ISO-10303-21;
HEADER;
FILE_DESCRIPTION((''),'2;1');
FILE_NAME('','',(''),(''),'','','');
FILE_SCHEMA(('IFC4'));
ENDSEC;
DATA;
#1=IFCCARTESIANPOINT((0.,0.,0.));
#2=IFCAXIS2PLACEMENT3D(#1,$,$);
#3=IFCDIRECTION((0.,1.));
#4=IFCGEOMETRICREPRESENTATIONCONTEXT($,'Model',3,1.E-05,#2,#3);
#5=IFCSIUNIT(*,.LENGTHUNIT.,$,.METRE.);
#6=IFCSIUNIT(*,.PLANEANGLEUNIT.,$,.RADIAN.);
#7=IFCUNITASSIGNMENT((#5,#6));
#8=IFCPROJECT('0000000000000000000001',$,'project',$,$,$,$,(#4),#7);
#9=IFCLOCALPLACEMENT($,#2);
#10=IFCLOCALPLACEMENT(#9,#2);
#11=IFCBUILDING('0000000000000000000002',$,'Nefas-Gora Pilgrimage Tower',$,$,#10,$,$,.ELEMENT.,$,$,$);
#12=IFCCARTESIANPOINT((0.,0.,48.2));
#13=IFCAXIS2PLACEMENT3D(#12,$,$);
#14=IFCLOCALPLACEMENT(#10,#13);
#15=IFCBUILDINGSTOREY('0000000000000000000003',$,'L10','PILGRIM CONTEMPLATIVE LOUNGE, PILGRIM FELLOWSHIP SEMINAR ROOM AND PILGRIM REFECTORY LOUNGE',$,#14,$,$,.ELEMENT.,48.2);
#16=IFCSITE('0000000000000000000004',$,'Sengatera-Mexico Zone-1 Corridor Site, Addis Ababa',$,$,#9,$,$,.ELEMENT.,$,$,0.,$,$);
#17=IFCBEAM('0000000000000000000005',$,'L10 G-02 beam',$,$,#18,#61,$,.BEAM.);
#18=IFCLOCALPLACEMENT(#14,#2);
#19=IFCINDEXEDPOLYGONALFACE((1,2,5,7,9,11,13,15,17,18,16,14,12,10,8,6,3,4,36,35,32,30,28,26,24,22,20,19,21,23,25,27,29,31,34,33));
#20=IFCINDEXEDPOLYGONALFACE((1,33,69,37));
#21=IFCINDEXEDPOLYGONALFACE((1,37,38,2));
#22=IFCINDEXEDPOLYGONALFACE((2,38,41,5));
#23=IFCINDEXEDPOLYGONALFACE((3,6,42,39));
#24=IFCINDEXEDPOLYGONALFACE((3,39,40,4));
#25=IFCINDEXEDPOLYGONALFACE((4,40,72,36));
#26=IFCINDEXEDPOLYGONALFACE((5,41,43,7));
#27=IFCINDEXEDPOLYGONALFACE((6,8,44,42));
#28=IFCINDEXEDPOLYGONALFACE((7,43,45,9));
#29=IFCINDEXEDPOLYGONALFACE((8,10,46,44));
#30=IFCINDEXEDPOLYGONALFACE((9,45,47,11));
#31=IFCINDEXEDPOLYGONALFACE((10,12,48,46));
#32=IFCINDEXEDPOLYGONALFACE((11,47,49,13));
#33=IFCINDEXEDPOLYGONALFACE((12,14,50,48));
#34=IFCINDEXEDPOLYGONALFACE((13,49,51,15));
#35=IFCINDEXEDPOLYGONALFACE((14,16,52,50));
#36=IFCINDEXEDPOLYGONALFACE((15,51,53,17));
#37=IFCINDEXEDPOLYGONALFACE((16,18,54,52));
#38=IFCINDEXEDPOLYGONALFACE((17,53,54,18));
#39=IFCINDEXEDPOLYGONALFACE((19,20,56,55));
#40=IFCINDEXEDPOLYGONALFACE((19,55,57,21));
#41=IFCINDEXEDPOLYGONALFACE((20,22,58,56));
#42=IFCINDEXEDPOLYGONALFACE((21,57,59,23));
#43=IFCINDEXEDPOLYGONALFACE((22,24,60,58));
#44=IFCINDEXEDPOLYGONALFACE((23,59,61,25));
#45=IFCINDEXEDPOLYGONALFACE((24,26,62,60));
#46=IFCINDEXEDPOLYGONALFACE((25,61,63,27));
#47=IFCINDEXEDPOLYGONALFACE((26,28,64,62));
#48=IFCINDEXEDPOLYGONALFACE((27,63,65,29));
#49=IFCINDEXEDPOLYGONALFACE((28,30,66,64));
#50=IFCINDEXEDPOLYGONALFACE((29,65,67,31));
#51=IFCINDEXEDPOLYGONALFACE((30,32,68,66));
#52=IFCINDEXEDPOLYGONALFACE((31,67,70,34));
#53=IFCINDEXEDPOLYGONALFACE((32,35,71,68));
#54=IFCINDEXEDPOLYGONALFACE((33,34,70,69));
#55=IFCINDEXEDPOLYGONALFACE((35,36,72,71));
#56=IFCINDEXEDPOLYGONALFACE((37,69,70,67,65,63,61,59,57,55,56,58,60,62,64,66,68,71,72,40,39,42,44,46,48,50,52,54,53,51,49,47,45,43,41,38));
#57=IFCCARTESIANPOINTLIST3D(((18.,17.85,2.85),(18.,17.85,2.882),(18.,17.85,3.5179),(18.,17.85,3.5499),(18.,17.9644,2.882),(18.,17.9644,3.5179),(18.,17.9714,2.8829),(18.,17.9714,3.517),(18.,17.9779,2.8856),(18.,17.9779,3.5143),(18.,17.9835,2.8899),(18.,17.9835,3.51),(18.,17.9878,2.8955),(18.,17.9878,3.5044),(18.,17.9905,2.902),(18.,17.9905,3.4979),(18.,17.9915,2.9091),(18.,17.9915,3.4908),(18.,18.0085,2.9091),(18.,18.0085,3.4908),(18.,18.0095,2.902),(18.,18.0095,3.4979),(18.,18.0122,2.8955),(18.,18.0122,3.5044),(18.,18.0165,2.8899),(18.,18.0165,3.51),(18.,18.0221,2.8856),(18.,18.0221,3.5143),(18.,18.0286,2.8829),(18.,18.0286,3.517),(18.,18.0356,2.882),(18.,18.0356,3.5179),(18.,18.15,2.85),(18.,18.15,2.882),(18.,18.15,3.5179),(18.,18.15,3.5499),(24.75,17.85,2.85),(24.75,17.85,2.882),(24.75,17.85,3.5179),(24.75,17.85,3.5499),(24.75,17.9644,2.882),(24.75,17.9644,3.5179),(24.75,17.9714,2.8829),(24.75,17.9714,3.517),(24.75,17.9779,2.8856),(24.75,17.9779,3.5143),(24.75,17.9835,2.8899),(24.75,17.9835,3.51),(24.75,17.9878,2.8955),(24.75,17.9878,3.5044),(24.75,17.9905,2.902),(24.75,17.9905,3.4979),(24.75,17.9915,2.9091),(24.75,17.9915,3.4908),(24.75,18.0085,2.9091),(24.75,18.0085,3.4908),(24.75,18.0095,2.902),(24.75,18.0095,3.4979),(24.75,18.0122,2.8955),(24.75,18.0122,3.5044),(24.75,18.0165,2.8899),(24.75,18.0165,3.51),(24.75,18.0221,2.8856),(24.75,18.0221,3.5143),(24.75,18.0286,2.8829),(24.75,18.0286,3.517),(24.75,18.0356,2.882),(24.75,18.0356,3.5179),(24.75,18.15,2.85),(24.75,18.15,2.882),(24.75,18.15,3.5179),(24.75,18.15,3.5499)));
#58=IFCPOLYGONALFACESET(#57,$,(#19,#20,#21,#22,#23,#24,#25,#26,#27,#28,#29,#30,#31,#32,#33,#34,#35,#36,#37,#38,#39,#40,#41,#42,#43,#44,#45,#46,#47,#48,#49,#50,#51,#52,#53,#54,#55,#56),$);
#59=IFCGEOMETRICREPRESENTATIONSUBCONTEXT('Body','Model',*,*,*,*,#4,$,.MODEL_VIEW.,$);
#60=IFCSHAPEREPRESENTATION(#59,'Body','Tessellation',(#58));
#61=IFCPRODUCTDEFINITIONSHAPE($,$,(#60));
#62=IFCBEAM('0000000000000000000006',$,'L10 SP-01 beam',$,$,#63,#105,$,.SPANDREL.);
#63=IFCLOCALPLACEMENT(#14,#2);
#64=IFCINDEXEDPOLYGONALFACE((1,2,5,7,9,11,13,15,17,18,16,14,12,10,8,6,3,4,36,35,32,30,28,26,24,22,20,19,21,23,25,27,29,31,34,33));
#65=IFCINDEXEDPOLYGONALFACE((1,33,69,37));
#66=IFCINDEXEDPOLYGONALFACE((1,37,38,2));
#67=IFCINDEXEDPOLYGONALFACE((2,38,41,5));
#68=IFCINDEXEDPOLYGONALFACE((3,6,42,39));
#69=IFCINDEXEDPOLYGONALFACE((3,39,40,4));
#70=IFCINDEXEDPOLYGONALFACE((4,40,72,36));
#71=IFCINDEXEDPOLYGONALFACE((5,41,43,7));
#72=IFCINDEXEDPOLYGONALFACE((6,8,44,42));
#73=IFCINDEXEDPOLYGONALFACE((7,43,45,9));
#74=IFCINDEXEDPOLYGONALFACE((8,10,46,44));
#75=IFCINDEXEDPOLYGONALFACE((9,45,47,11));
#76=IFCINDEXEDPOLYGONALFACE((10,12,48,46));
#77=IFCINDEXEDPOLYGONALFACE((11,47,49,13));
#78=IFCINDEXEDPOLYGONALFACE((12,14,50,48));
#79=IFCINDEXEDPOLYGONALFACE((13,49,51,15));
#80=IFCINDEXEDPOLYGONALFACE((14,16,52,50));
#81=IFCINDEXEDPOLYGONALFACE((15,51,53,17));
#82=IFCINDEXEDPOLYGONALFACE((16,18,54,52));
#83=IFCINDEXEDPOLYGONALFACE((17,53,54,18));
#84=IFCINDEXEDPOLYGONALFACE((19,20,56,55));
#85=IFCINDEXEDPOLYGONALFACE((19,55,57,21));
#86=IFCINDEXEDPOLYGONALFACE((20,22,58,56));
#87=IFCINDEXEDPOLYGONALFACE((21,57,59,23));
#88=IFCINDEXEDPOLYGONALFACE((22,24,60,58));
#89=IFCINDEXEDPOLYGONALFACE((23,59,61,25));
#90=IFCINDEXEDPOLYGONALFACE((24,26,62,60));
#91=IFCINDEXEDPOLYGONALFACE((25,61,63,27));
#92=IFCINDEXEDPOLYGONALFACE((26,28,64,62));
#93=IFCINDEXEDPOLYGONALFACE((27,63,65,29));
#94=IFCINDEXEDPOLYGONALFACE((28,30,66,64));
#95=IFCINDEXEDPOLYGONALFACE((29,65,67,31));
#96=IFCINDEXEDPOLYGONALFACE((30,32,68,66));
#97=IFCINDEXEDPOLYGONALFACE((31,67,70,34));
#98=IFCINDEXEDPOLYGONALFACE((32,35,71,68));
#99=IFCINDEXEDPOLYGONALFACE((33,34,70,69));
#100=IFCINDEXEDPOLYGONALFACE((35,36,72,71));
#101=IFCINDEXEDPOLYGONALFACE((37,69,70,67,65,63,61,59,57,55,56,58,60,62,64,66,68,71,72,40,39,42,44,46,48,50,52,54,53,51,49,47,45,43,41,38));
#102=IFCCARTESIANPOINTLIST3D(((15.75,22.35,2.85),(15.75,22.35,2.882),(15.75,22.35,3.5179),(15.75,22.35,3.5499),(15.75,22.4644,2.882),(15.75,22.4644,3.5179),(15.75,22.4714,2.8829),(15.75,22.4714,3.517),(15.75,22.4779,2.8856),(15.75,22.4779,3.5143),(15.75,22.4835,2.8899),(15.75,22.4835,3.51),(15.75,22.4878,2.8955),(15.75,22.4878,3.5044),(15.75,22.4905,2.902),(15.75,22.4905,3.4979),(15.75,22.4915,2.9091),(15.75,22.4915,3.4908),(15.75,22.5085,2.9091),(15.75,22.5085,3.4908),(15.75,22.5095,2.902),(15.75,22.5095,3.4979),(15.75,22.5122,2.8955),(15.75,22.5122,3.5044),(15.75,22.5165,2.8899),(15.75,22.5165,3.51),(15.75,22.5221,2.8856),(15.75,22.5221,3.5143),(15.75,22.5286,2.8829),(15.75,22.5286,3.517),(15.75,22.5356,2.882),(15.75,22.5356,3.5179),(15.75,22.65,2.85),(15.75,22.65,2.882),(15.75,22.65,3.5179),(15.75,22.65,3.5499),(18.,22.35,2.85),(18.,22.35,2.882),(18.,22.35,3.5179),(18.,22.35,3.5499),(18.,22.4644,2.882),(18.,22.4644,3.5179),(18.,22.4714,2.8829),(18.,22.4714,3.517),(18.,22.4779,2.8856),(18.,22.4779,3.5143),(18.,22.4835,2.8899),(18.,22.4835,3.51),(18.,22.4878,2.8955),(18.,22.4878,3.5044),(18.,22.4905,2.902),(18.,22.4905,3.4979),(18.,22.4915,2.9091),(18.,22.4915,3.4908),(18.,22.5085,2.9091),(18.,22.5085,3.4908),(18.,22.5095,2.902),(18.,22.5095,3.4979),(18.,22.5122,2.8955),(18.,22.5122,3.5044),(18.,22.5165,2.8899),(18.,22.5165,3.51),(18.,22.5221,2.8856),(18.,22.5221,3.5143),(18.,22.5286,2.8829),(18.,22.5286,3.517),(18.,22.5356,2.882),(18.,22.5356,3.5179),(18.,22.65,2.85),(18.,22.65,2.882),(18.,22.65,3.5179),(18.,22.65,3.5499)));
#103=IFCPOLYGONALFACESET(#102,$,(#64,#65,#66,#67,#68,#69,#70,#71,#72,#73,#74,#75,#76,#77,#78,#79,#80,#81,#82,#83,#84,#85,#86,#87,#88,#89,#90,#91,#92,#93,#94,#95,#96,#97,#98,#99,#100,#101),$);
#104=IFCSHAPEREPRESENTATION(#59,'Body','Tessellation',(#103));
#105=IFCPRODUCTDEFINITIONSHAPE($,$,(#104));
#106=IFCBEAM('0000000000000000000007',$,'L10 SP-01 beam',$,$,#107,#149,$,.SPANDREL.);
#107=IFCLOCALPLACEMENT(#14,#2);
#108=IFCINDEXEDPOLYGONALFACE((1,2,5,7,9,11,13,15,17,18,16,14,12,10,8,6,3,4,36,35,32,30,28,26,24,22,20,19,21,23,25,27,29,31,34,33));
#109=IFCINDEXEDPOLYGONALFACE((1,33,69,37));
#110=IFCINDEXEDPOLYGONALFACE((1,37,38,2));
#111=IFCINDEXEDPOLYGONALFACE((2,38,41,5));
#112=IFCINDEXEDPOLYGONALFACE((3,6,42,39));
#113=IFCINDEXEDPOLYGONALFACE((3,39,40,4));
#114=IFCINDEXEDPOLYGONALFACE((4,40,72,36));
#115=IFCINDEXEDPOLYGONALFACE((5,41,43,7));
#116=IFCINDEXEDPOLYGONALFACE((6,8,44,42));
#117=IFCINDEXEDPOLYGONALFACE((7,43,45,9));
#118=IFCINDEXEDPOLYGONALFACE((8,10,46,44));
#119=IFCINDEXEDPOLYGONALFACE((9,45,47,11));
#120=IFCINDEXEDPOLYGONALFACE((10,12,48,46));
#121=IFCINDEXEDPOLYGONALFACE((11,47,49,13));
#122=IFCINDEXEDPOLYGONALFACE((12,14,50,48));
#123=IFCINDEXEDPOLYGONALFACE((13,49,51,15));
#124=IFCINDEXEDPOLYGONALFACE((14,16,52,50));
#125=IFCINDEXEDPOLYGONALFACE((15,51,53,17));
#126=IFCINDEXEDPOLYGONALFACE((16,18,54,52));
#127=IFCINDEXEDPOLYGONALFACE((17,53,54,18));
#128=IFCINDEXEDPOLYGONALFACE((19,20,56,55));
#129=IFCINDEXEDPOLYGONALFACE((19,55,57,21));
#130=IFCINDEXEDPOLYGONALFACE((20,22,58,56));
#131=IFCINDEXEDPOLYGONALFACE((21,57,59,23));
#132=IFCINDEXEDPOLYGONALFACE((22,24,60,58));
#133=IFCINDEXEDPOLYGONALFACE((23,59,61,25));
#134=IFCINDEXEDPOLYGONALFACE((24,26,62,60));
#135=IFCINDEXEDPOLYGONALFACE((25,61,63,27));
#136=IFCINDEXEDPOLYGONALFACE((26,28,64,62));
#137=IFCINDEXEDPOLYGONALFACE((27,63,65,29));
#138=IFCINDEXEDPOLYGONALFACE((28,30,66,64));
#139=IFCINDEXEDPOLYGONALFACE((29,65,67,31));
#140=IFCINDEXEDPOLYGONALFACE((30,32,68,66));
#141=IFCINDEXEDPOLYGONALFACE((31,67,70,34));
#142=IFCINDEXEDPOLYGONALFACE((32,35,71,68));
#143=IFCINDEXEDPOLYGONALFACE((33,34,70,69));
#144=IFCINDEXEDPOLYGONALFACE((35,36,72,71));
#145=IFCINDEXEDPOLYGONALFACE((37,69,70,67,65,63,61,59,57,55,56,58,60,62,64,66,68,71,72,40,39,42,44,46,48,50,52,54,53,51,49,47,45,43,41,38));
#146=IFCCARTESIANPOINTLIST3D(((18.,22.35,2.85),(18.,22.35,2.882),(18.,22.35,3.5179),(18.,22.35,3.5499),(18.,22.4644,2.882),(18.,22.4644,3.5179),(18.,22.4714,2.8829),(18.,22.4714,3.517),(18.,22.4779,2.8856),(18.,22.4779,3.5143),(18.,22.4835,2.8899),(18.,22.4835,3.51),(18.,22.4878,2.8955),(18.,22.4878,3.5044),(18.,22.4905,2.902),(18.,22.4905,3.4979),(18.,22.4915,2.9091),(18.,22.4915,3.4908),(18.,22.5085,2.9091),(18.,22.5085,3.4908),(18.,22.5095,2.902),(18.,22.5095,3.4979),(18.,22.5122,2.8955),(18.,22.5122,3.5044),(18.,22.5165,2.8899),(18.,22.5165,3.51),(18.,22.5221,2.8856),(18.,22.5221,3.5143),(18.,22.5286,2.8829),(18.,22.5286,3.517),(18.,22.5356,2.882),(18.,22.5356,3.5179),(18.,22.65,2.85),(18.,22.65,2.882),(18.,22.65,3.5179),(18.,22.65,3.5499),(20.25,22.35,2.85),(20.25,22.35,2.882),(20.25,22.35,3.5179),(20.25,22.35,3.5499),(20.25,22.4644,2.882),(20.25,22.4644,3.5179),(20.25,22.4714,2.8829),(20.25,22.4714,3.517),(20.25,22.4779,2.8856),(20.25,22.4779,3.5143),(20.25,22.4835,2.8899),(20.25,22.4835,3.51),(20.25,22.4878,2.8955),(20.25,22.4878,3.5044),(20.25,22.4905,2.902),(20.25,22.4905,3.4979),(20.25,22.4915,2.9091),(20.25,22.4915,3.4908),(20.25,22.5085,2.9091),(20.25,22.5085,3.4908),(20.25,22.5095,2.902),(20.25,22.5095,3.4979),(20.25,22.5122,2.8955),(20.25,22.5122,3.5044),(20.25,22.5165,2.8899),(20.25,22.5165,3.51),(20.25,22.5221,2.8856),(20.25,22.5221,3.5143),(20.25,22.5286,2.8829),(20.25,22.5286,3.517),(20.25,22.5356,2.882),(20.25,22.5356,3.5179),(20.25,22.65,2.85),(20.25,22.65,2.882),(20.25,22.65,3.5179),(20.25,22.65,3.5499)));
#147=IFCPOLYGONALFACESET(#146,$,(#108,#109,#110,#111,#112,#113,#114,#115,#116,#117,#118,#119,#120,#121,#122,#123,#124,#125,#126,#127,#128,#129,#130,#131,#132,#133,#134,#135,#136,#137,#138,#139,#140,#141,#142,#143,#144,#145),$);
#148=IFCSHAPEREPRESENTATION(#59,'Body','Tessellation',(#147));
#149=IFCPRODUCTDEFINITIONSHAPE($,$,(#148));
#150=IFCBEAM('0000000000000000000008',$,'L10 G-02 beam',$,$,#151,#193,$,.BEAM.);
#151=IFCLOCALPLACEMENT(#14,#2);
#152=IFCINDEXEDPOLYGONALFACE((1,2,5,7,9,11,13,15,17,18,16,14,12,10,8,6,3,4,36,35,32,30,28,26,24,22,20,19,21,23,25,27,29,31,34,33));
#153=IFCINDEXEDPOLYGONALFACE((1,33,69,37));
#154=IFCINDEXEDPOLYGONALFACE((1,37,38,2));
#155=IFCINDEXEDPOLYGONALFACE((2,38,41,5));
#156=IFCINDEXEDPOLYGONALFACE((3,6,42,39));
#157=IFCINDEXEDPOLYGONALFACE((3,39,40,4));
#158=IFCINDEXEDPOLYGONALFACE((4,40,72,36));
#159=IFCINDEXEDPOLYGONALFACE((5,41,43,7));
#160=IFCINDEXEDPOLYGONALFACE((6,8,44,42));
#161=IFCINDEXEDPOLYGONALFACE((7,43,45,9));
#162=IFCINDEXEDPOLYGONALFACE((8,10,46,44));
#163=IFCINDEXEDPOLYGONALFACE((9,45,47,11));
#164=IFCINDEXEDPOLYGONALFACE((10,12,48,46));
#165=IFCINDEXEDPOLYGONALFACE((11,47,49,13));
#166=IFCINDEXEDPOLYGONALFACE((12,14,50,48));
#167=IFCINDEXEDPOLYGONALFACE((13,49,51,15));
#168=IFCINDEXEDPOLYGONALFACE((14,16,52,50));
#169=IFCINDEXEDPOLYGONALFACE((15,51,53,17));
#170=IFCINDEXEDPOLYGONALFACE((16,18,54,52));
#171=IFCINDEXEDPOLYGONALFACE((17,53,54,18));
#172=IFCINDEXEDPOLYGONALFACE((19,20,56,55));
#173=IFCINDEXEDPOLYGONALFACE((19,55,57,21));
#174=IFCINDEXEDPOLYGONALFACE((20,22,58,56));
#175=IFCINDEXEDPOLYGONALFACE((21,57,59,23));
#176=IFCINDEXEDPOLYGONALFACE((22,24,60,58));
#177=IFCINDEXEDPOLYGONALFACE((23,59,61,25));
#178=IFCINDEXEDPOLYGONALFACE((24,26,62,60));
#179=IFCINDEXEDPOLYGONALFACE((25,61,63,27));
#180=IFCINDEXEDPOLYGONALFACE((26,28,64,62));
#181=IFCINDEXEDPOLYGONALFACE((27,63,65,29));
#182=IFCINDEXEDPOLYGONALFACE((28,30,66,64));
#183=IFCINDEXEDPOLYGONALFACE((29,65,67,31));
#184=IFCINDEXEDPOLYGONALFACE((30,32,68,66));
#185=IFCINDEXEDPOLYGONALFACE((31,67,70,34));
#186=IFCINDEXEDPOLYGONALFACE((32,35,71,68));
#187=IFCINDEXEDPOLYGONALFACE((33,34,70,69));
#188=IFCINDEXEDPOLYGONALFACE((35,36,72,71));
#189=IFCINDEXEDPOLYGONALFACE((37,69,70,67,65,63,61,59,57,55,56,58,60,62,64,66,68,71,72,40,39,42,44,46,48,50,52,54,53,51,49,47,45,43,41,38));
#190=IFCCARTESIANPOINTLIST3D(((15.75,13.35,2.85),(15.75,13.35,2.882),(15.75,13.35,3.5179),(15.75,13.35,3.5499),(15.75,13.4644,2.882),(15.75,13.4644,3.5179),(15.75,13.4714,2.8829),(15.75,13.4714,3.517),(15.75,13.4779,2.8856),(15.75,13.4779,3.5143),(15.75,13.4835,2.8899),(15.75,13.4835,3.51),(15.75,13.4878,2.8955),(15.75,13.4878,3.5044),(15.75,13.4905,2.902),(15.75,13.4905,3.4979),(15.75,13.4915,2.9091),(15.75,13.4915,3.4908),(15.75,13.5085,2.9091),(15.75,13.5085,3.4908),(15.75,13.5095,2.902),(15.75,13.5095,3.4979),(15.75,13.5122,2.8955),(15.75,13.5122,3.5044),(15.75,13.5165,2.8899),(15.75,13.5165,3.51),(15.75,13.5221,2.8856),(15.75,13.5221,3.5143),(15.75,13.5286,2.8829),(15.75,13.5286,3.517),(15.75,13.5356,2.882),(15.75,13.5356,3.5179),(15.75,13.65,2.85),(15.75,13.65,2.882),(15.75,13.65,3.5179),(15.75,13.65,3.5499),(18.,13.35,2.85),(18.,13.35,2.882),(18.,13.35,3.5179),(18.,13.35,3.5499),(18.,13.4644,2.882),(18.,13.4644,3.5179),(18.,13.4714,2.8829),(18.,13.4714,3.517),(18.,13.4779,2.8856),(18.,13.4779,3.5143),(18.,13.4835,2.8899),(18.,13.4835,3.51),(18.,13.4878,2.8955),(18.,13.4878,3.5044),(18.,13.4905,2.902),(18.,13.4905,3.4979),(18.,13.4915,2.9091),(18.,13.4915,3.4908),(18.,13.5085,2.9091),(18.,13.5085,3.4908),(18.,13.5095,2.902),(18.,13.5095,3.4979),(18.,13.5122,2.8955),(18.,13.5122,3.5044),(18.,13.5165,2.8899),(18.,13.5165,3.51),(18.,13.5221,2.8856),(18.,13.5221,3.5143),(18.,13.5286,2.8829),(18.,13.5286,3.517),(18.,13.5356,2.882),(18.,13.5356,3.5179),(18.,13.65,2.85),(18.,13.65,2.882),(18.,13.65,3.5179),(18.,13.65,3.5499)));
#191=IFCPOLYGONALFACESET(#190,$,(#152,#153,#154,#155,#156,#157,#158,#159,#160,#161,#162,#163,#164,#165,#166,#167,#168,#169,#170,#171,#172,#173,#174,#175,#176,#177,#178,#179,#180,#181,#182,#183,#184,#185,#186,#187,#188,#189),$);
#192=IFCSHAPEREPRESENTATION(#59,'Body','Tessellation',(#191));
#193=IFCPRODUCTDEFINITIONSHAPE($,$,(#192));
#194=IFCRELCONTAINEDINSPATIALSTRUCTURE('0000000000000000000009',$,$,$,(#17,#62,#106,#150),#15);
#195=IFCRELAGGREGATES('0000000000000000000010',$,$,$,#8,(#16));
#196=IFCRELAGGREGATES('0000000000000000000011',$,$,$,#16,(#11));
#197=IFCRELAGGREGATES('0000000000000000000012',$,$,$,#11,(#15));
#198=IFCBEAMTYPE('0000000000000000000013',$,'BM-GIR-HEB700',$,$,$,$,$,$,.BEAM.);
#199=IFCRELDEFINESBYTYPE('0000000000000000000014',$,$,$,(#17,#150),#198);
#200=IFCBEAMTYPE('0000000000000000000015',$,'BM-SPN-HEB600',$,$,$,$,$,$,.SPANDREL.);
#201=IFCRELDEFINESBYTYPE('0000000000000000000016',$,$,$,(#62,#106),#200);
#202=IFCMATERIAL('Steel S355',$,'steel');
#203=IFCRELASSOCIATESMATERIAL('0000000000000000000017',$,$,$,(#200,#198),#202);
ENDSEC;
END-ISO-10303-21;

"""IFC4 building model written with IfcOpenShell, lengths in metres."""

from ifc_helpers import new_model, si_unit, direction, frame, origin, origin_2d, place, context, subcontext, project, spatial, i_section, extrude, source, transform, mapped, material, material_profile, profile_set, type_object, element, save


model = new_model("IFC4")

# Units and contexts
model_context = context("Model", 3, precision=1e-05, world=origin(), true_north=direction((0.0, 1.0)))
body_context = subcontext(model_context, "Body", "Model", "MODEL_VIEW")
ifc_project = project(units=[si_unit("LENGTHUNIT", "METRE"), si_unit("PLANEANGLEUNIT", "RADIAN")], contexts=[model_context])

# Site, building, storey
site_placement = place(None, origin())
site = spatial("IfcSite", under=ifc_project, at=site_placement, Name="Sengatera-Mexico Zone-1 Corridor Site, Addis Ababa", CompositionType="ELEMENT", RefElevation=0.0)
building_placement = place(site_placement, origin())
building = spatial("IfcBuilding", under=site, at=building_placement, Name="Nefas-Gora Pilgrimage Tower", CompositionType="ELEMENT")
storey_placement = place(building_placement, frame((0.0, 0.0, 48.2)))
storey = spatial("IfcBuildingStorey", under=building, at=storey_placement, Name="L10", Description="PILGRIM CONTEMPLATIVE LOUNGE, PILGRIM FELLOWSHIP SEMINAR ROOM AND PILGRIM REFECTORY LOUNGE", CompositionType="ELEMENT", Elevation=48.2)

# Beams
ifc_material_1 = material(Name="Steel S355", Category="steel")
ifc_material_profile_1 = material_profile(ifc_material_1, i_section(OverallWidth=0.3, OverallDepth=0.7, WebThickness=0.0171, FlangeThickness=0.032, FilletRadius=0.0271, at=origin_2d()), Name="HEB 700")
ifc_profile_set_1 = profile_set([ifc_material_profile_1], Name="Steel S355")
beam_type_1 = type_object("IfcBeamType", Name="BM-SPN-HEB600", PredefinedType="SPANDREL", material=ifc_profile_set_1)
ifc_material_profile_2 = material_profile(ifc_material_1, i_section(OverallWidth=0.3, OverallDepth=0.7, WebThickness=0.0171, FlangeThickness=0.032, FilletRadius=0.0271, at=origin_2d()), Name="HEB 700")
ifc_profile_set_2 = profile_set([ifc_material_profile_2], Name="Steel S355")
beam_type_2 = type_object("IfcBeamType", Name="BM-GIR-HEB700", PredefinedType="BEAM", material=ifc_profile_set_2)
shared_shape_1 = source(origin(), body_context, "Body", "SweptSolid", [
    extrude(i_section(OverallWidth=0.3, OverallDepth=0.7, WebThickness=0.0171, FlangeThickness=0.032, FilletRadius=0.0271, at=origin_2d()), origin(), (0.0, 0.0, 1.0), 6.75),
])
for number, where, z_axis, x_axis, name in (
    (1, (18.0, 18.0, 3.2), (1.0, 0.0, 0.0), (0.0, 1.0, 0.0), "L10 G-02 beam"),
):
    element("IfcBeam", number, at=place(storey_placement, frame(where, z_axis=z_axis, x_axis=x_axis)), inside=storey, type_object=beam_type_2, Name=name, PredefinedType="BEAM", context=body_context, shape_type="MappedRepresentation", body=[
        mapped(shared_shape_1, transform((0.0, 0.0, 0.0), x_axis=(1.0, 0.0, 0.0), y_axis=(0.0, 1.0, 0.0), z_axis=(0.0, 0.0, 1.0), scale=1.0)),
    ])
shared_shape_2 = source(origin(), body_context, "Body", "SweptSolid", [
    extrude(i_section(OverallWidth=0.3, OverallDepth=0.7, WebThickness=0.0171, FlangeThickness=0.032, FilletRadius=0.0271, at=origin_2d()), origin(), (0.0, 0.0, 1.0), 2.25),
])
for number, where, z_axis, x_axis, name in (
    (2, (15.75, 22.5, 3.2), (1.0, 0.0, 0.0), (0.0, 1.0, 0.0), "L10 SP-01 beam"),
    (3, (18.0, 22.5, 3.2), (1.0, 0.0, 0.0), (0.0, 1.0, 0.0), "L10 SP-01 beam"),
):
    element("IfcBeam", number, at=place(storey_placement, frame(where, z_axis=z_axis, x_axis=x_axis)), inside=storey, type_object=beam_type_1, Name=name, PredefinedType="SPANDREL", context=body_context, shape_type="MappedRepresentation", body=[
        mapped(shared_shape_2, transform((0.0, 0.0, 0.0), x_axis=(1.0, 0.0, 0.0), y_axis=(0.0, 1.0, 0.0), z_axis=(0.0, 0.0, 1.0), scale=1.0)),
    ])
shared_shape_3 = source(origin(), body_context, "Body", "SweptSolid", [
    extrude(i_section(OverallWidth=0.3, OverallDepth=0.7, WebThickness=0.0171, FlangeThickness=0.032, FilletRadius=0.0271, at=origin_2d()), origin(), (0.0, 0.0, 1.0), 2.25),
])
beam_1_placement = place(storey_placement, frame((15.75, 13.5, 3.2), z_axis=(1.0, 0.0, 0.0), x_axis=(0.0, 1.0, 0.0)))
element("IfcBeam", 4, at=beam_1_placement, inside=storey, type_object=beam_type_2, Name="L10 G-02 beam", PredefinedType="BEAM", context=body_context, shape_type="MappedRepresentation", body=[
    mapped(shared_shape_3, transform((0.0, 0.0, 0.0), x_axis=(1.0, 0.0, 0.0), y_axis=(0.0, 1.0, 0.0), z_axis=(0.0, 0.0, 1.0), scale=1.0)),
])

save(model, "model.ifc")
